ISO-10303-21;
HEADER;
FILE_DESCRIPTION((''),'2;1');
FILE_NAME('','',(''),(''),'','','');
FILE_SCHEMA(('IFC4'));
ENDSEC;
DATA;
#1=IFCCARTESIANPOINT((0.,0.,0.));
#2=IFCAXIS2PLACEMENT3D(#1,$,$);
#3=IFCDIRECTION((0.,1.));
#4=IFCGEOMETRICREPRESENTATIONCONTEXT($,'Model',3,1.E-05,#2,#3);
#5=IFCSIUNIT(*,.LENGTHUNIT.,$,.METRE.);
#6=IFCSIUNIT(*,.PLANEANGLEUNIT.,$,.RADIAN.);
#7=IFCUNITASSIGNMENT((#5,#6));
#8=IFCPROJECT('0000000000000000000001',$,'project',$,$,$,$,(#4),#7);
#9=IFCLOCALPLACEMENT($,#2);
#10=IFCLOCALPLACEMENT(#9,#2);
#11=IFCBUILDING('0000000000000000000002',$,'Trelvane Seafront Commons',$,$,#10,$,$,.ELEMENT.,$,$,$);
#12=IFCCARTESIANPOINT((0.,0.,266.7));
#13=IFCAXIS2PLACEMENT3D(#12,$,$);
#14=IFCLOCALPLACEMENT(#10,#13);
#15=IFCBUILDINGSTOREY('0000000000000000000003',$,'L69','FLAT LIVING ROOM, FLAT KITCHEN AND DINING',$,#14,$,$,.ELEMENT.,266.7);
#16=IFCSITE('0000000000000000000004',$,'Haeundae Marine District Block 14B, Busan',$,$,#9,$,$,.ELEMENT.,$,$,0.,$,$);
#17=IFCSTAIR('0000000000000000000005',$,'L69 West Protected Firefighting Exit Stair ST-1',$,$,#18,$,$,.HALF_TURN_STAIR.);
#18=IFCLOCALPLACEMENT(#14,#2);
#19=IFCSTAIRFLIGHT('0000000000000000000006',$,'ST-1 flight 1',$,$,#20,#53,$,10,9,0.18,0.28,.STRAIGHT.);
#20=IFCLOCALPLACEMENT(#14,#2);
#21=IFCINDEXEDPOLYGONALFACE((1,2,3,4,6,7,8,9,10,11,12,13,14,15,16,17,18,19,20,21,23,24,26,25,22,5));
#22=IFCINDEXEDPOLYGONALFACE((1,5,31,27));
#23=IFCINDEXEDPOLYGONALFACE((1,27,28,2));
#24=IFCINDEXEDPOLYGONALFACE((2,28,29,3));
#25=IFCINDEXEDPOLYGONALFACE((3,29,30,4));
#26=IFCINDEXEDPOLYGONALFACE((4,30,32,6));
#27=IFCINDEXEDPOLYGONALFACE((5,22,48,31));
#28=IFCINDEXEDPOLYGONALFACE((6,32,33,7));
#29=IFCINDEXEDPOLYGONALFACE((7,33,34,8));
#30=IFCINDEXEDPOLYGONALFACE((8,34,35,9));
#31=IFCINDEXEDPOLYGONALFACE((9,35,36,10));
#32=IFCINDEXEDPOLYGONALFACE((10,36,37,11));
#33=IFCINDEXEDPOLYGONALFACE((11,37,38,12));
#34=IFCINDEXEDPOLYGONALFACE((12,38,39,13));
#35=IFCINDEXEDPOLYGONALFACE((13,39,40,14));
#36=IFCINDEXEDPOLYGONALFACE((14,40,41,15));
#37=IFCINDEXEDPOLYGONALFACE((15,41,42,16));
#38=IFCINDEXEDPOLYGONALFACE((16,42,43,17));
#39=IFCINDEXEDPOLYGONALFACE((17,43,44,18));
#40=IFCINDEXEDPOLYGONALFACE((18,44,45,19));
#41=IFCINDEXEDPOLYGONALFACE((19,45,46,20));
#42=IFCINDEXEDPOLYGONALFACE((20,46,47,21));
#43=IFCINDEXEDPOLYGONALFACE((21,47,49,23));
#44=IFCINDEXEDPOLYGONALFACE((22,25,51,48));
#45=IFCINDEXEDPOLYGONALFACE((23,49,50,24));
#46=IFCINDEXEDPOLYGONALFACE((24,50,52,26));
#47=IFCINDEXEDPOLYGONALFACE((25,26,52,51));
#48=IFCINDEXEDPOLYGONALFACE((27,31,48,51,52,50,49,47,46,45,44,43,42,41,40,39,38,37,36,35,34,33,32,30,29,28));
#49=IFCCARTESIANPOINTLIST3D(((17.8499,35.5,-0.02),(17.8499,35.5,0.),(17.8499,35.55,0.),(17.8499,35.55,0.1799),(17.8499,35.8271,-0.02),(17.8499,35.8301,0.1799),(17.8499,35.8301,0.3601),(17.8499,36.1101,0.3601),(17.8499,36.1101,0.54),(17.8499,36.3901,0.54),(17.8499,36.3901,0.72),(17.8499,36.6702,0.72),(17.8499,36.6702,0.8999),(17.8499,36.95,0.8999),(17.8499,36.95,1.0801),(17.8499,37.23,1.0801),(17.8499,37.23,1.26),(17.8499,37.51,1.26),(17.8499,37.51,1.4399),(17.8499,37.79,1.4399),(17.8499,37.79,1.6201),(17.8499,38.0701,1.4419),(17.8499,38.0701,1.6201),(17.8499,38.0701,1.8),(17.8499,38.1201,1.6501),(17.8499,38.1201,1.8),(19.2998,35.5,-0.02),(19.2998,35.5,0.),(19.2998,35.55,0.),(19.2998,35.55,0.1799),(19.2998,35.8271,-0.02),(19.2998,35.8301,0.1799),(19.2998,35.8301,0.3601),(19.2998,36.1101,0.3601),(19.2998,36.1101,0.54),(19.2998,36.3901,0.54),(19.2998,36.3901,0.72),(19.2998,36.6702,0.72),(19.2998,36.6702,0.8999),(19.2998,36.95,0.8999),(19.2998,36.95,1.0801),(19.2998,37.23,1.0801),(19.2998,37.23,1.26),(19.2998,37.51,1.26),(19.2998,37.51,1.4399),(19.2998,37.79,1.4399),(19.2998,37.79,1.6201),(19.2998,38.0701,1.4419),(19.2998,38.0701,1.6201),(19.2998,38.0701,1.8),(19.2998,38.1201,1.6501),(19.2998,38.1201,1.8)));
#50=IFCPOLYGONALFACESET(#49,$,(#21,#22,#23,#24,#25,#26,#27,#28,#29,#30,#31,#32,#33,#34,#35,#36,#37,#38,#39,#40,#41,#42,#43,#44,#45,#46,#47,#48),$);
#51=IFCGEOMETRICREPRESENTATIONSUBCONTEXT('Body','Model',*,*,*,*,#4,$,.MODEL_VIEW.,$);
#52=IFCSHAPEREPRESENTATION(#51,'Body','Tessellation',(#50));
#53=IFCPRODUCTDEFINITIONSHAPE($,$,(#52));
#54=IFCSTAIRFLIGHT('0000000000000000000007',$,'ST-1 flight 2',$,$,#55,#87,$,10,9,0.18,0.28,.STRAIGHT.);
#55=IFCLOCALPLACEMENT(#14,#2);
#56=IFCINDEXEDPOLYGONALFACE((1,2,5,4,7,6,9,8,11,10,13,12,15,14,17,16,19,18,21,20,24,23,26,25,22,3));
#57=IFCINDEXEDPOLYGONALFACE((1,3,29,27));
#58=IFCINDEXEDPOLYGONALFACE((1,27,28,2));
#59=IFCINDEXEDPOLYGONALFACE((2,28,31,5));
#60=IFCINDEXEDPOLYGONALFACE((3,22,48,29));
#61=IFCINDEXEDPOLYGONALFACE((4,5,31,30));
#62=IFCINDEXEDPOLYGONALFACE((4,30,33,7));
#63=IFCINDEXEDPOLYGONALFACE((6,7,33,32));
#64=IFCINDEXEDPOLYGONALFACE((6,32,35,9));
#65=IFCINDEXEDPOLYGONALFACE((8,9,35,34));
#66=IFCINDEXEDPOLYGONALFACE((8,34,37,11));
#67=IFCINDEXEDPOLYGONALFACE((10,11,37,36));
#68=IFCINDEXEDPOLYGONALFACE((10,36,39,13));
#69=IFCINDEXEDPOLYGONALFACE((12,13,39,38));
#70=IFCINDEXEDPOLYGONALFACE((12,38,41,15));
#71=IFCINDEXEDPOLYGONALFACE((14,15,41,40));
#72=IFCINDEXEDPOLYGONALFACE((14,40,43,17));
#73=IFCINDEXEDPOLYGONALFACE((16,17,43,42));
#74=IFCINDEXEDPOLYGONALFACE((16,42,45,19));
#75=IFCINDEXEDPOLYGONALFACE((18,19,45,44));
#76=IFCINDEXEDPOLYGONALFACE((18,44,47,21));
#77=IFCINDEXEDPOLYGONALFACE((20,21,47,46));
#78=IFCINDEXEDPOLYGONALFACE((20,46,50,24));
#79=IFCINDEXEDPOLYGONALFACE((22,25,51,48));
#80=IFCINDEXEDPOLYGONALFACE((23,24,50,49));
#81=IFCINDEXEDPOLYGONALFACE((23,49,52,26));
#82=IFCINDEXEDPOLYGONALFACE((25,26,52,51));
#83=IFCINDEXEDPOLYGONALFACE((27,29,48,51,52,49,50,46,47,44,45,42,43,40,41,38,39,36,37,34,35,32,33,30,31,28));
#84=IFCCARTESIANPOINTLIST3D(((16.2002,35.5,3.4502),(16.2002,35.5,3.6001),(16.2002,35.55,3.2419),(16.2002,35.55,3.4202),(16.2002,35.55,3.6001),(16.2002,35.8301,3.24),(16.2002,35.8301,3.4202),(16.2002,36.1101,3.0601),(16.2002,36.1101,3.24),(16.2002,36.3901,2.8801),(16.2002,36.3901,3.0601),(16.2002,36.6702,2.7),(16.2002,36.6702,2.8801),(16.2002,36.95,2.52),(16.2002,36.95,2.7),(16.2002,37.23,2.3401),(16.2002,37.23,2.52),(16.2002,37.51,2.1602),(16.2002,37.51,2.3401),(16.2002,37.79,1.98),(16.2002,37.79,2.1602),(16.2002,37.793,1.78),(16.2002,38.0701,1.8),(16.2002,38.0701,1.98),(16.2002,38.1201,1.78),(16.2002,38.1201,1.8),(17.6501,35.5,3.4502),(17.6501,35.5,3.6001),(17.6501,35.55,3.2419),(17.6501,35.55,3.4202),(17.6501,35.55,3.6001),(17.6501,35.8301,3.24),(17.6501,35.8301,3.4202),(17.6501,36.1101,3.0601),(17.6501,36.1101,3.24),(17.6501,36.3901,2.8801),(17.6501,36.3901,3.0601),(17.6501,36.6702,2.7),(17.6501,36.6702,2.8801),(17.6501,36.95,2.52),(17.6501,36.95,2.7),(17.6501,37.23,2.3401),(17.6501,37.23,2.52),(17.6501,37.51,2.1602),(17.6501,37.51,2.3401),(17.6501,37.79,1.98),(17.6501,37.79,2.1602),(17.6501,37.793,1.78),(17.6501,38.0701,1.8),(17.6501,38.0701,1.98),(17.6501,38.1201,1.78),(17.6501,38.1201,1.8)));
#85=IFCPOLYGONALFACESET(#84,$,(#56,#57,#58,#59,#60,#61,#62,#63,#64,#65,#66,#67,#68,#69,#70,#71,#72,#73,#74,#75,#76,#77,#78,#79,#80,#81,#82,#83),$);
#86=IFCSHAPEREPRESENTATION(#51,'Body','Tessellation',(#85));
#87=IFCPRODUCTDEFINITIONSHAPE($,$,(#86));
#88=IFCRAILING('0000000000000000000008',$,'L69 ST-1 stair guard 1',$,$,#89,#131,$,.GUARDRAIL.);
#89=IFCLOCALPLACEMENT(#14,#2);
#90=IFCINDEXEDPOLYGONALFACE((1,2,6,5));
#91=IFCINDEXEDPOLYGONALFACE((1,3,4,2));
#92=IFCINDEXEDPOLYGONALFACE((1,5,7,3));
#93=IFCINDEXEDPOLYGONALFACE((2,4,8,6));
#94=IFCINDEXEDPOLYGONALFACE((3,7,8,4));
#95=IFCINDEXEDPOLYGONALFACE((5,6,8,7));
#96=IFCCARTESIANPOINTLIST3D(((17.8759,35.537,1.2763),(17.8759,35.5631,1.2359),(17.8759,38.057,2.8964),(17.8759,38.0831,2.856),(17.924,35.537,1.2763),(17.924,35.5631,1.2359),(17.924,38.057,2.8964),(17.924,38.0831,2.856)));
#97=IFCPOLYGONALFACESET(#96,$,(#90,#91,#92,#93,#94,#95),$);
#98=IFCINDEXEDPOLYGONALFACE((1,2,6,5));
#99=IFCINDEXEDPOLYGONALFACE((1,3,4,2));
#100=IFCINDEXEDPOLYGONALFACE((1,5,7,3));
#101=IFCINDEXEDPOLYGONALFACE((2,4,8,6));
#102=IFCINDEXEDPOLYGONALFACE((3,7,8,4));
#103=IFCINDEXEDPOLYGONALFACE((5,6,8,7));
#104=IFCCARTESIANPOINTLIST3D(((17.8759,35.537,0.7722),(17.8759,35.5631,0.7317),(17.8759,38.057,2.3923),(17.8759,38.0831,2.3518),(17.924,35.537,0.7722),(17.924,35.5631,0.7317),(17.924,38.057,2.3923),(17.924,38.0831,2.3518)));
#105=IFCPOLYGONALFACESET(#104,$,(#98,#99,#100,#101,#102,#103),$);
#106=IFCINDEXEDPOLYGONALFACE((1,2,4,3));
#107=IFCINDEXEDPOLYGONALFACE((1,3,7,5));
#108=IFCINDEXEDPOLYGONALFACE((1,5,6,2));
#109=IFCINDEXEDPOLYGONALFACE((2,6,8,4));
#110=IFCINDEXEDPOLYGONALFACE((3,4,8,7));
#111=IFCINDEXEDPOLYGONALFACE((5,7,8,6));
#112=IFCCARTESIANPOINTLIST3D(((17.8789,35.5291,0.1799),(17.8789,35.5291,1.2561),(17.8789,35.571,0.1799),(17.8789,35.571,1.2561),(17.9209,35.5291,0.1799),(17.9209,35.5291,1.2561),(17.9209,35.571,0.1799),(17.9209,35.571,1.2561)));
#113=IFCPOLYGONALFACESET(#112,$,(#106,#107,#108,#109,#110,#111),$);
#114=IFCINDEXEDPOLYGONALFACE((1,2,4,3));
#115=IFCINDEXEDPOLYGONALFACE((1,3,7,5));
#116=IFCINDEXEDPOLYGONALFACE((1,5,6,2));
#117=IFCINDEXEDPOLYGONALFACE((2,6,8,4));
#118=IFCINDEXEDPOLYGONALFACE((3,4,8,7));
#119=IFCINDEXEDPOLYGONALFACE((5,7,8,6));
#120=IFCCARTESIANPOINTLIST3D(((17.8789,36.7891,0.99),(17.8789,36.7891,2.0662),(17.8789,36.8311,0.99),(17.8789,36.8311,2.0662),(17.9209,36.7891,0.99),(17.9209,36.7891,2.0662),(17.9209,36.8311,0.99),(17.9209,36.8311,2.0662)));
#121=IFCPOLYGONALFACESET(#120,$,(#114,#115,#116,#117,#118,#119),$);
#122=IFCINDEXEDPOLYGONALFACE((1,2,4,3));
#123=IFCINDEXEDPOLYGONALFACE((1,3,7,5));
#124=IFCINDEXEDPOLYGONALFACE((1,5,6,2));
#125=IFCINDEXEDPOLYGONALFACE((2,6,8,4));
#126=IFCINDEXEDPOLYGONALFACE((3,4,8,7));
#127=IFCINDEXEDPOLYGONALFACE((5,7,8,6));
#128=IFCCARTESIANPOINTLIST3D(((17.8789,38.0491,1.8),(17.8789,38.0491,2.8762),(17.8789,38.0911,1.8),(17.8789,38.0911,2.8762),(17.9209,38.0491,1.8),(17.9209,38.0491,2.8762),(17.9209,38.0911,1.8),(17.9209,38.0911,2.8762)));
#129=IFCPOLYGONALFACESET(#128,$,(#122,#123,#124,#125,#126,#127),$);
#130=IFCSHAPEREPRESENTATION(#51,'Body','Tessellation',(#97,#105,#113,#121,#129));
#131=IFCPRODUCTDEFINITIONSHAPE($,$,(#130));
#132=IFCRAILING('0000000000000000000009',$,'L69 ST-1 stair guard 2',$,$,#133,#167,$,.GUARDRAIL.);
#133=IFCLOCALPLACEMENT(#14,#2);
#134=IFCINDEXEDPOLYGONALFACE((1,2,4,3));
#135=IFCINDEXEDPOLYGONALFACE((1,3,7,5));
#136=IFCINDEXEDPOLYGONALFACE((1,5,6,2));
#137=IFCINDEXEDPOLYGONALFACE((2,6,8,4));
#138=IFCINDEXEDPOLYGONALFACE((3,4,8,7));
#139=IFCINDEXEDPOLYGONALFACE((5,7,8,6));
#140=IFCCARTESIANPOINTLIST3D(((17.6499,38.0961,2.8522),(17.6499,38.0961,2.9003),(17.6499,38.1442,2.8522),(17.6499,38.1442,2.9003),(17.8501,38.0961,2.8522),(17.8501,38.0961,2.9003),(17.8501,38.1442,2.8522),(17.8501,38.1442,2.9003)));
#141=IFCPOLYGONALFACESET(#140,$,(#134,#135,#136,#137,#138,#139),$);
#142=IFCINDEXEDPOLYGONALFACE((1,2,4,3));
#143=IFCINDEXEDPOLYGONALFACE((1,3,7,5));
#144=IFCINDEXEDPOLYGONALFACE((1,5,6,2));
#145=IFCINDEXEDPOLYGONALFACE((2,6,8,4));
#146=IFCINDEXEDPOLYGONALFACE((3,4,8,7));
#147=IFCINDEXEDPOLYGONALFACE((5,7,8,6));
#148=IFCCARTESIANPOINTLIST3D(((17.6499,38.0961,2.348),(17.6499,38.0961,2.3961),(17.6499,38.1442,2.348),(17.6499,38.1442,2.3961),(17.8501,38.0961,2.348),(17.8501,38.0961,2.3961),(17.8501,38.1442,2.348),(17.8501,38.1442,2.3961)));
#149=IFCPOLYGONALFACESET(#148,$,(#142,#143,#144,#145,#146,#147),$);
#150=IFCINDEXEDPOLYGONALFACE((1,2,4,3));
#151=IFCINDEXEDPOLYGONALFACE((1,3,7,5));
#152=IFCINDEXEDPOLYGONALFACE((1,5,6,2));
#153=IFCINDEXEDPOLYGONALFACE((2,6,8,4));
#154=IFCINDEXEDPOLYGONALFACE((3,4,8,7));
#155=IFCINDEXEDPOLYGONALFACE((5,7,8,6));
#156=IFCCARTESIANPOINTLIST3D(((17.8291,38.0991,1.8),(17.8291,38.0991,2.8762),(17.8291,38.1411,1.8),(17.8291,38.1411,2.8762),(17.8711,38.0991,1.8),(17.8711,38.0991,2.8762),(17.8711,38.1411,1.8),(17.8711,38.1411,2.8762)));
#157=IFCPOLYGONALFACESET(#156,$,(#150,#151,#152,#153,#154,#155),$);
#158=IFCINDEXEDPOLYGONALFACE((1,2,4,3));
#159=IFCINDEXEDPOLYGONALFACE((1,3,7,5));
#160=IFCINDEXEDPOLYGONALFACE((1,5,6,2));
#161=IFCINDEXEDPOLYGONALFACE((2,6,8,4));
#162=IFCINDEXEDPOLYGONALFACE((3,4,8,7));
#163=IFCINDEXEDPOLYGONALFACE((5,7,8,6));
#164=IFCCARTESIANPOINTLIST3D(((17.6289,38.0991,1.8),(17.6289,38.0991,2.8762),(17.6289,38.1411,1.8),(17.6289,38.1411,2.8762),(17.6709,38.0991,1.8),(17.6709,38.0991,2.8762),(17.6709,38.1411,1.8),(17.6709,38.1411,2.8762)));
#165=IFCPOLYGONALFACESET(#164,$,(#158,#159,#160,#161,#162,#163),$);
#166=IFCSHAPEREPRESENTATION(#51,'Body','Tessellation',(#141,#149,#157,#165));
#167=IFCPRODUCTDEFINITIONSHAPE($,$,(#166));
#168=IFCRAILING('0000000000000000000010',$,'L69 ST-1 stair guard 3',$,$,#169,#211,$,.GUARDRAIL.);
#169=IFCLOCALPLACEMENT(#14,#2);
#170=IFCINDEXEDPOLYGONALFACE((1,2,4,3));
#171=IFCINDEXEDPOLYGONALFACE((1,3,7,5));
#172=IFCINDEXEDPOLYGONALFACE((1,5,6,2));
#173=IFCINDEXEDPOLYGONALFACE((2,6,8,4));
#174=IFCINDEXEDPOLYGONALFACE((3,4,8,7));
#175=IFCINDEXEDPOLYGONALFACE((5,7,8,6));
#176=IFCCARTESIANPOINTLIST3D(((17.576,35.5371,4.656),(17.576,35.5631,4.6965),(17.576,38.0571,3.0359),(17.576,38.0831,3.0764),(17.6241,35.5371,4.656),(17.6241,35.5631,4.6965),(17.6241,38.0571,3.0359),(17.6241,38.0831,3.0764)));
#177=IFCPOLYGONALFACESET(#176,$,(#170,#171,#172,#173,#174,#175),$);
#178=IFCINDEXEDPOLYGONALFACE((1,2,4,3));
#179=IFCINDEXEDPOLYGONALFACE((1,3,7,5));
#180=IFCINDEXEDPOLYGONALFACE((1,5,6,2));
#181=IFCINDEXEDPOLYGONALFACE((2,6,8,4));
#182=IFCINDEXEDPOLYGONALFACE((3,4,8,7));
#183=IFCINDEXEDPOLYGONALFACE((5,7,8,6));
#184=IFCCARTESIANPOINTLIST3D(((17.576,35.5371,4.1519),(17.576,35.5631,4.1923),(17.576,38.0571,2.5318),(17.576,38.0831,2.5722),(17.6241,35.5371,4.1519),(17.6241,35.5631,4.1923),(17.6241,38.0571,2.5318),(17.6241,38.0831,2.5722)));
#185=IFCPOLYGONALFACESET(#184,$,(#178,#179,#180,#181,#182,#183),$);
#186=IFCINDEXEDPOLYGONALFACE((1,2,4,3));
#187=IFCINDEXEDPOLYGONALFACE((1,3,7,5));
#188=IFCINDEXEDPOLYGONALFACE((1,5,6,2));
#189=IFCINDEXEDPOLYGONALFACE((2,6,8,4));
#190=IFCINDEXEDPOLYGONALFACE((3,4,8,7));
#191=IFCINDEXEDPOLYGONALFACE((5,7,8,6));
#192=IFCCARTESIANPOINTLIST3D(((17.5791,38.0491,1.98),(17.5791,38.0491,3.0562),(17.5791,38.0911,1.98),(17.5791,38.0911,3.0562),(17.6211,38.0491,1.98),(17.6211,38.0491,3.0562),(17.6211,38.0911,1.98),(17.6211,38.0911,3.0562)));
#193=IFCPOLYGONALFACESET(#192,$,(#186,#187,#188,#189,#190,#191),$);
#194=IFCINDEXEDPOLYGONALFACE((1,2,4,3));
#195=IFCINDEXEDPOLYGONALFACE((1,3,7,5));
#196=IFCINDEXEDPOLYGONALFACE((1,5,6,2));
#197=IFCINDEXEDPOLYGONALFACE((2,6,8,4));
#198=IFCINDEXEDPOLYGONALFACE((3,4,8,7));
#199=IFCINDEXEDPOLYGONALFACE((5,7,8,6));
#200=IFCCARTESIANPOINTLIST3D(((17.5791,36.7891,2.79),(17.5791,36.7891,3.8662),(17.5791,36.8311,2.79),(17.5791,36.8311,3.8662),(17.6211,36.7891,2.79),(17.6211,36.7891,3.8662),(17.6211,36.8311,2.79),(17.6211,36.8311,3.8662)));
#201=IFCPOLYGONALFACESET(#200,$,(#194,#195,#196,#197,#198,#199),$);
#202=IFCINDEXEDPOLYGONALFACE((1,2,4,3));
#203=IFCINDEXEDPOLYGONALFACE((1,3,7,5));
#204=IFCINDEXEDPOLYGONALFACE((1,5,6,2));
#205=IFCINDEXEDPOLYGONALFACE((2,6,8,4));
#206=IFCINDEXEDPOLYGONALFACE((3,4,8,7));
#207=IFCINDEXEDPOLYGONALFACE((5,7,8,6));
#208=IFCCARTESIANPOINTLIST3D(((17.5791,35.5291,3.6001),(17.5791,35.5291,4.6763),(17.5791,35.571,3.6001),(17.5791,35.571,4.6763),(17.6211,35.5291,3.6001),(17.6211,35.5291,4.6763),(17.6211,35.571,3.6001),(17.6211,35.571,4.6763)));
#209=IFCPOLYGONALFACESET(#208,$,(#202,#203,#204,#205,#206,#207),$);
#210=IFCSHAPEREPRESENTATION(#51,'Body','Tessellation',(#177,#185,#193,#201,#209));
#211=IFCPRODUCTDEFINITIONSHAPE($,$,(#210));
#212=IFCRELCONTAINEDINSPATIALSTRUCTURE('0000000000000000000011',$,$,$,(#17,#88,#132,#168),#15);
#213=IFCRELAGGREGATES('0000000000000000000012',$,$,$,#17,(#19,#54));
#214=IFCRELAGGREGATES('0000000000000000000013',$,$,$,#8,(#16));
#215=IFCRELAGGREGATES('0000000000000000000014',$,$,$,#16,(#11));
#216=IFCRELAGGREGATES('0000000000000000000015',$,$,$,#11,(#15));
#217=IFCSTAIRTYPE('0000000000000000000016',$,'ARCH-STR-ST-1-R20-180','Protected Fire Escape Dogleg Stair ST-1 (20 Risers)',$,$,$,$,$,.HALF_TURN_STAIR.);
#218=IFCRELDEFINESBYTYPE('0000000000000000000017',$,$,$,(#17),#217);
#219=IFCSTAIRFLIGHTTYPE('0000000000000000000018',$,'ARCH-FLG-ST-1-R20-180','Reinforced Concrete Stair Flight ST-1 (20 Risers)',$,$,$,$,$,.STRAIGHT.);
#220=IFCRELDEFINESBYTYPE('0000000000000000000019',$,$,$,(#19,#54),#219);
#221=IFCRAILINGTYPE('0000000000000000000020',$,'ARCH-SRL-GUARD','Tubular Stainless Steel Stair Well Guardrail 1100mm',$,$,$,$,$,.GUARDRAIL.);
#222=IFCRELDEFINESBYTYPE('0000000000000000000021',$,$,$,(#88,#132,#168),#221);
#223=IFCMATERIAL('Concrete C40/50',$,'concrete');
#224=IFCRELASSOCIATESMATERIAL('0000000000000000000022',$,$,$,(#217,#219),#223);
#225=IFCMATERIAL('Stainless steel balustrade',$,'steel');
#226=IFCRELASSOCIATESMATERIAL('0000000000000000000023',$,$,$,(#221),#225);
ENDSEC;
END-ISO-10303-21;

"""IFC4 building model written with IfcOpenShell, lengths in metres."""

from ifc_helpers import new_model, si_unit, direction, frame, origin, origin_2d, place, context, subcontext, project, spatial, polyline, rectangle, outline, extrude, source, transform, mapped, material, type_object, element, aggregate, save


model = new_model("IFC4")

# Units and contexts
model_context = context("Model", 3, precision=1e-05, world=origin(), true_north=direction((0.0, 1.0)))
body_context = subcontext(model_context, "Body", "Model", "MODEL_VIEW")
ifc_project = project(units=[si_unit("LENGTHUNIT", "METRE"), si_unit("PLANEANGLEUNIT", "RADIAN")], contexts=[model_context])

# Site, building, storey
site_placement = place(None, origin())
site = spatial("IfcSite", under=ifc_project, at=site_placement, Name="Haeundae Marine District Block 14B, Busan", CompositionType="ELEMENT", RefElevation=0.0)
building_placement = place(site_placement, origin())
building = spatial("IfcBuilding", under=site, at=building_placement, Name="Trelvane Seafront Commons", CompositionType="ELEMENT")
storey_placement = place(building_placement, frame((0.0, 0.0, 266.7)))
storey = spatial("IfcBuildingStorey", under=building, at=storey_placement, Name="L69", Description="FLAT LIVING ROOM, FLAT KITCHEN AND DINING", CompositionType="ELEMENT", Elevation=266.7)

# Shared definitions
ifc_material_1 = material(Name="Concrete C40/50", Category="concrete")
ifc_material_2 = material(Name="Stainless steel balustrade", Category="steel")

# Stair, stair flights
stair_type = type_object("IfcStairType", Name="ARCH-STR-ST-1-R20-180", Description="Protected Fire Escape Dogleg Stair ST-1 (20 Risers)", PredefinedType="HALF_TURN_STAIR", material=ifc_material_1)
stair_placement = place(storey_placement, origin())
stair = element("IfcStair", 1, at=stair_placement, inside=storey, type_object=stair_type, Name="L69 West Protected Firefighting Exit Stair ST-1", PredefinedType="HALF_TURN_STAIR")
stair_flight_type = type_object("IfcStairFlightType", Name="ARCH-FLG-ST-1-R20-180", Description="Reinforced Concrete Stair Flight ST-1 (20 Risers)", PredefinedType="STRAIGHT", material=ifc_material_1)
shared_shape_1 = source(origin(), body_context, "Body", "SweptSolid", [
    extrude(outline(polyline([(-0.05, -0.02), (-0.05, 0.0), (0.0, 0.0), (0.0, 0.1799), (0.28, 0.1799), (0.28, 0.3601), (0.5601, 0.3601), (0.5601, 0.54), (0.8401, 0.54), (0.8401, 0.72), (1.1201, 0.72), (1.1201, 0.8999), (1.3999, 0.8999), (1.3999, 1.0801), (1.6799, 1.0801), (1.6799, 1.26), (1.96, 1.26), (1.96, 1.4399), (2.24, 1.4399), (2.24, 1.6201), (2.52, 1.6201), (2.52, 1.8), (2.5701, 1.8), (2.5701, 1.6501), (2.52, 1.4419), (0.2771, -0.02), (-0.05, -0.02)])), frame((0.0, 0.7251, 0.0), z_axis=(0.0, -1.0, 0.0), x_axis=(1.0, 0.0, 0.0)), (0.0, 0.0, 1.0), 1.45),
])
stair_flight_1_placement = place(storey_placement, frame((18.575, 35.55, 0.0), z_axis=(0.0, 0.0, 1.0), x_axis=(0.0, 1.0, 0.0)))
stair_flight_1 = element("IfcStairFlight", 2, at=stair_flight_1_placement, type_object=stair_flight_type, Name="ST-1 flight 1", NumberOfRisers=10, NumberOfTreads=9, PredefinedType="STRAIGHT", RiserHeight=0.18, TreadLength=0.28, context=body_context, shape_type="MappedRepresentation", body=[
    mapped(shared_shape_1, transform((0.0, 0.0, 0.0), x_axis=(1.0, 0.0, 0.0), y_axis=(0.0, 1.0, 0.0), z_axis=(0.0, 0.0, 1.0), scale=1.0)),
])
stair_flight_2_placement = place(storey_placement, frame((16.925, 38.0701, 1.8), z_axis=(0.0, 0.0, 1.0), x_axis=(0.0, -1.0, 0.0)))
stair_flight_2 = element("IfcStairFlight", 3, at=stair_flight_2_placement, type_object=stair_flight_type, Name="ST-1 flight 2", NumberOfRisers=10, NumberOfTreads=9, PredefinedType="STRAIGHT", RiserHeight=0.18, TreadLength=0.28, context=body_context, shape_type="MappedRepresentation", body=[
    mapped(shared_shape_1, transform((0.0, 0.0, 0.0), x_axis=(1.0, 0.0, 0.0), y_axis=(0.0, 1.0, 0.0), z_axis=(0.0, 0.0, 1.0), scale=1.0)),
])
aggregate(stair, [stair_flight_1, stair_flight_2])

# Railings
railing_type_1 = type_object("IfcRailingType", Name="ARCH-SRL-GUARD", Description="Tubular Stainless Steel Stair Well Guardrail 1100mm", PredefinedType="GUARDRAIL", material=ifc_material_2)
railing_1_placement = place(storey_placement, frame((17.8999, 35.55, 0.1799)))
element("IfcRailing", 4, at=railing_1_placement, inside=storey, type_object=railing_type_1, Name="L69 ST-1 stair guard 1", PredefinedType="GUARDRAIL", context=body_context, shape_type="SweptSolid", body=[
    extrude(rectangle(XDim=0.0481, YDim=0.0481, at=origin_2d()), frame((0.0, 0.0, 1.0762), z_axis=(0.0, 0.841163, 0.540782), x_axis=(-1.0, 0.0, 0.0)), (0.0, 0.0, 1.0), 2.9958),
    extrude(rectangle(XDim=0.0481, YDim=0.0481, at=origin_2d()), frame((0.0, 0.0, 0.572), z_axis=(0.0, 0.841163, 0.540782), x_axis=(-1.0, 0.0, 0.0)), (0.0, 0.0, 1.0), 2.9958),
    extrude(rectangle(XDim=0.042, YDim=0.042, at=origin_2d()), origin(), (0.0, 0.0, 1.0), 1.0762),
    extrude(rectangle(XDim=0.042, YDim=0.042, at=origin_2d()), frame((0.0, 1.26, 0.8101)), (0.0, 0.0, 1.0), 1.0762),
    extrude(rectangle(XDim=0.042, YDim=0.042, at=origin_2d()), frame((0.0, 2.52, 1.6201)), (0.0, 0.0, 1.0), 1.0762),
])
railing_2_placement = place(storey_placement, frame((17.8501, 38.1201, 1.8)))
element("IfcRailing", 5, at=railing_2_placement, inside=storey, type_object=railing_type_1, Name="L69 ST-1 stair guard 2", PredefinedType="GUARDRAIL", context=body_context, shape_type="SweptSolid", body=[
    extrude(rectangle(XDim=0.0481, YDim=0.0481, at=origin_2d()), frame((0.0, 0.0, 1.0762), z_axis=(-1.0, 0.0, 0.0), x_axis=(0.0, -1.0, 0.0)), (0.0, 0.0, 1.0), 0.2002),
    extrude(rectangle(XDim=0.0481, YDim=0.0481, at=origin_2d()), frame((0.0, 0.0, 0.572), z_axis=(-1.0, 0.0, 0.0), x_axis=(0.0, -1.0, 0.0)), (0.0, 0.0, 1.0), 0.2002),
    extrude(rectangle(XDim=0.042, YDim=0.042, at=origin_2d()), origin(), (0.0, 0.0, 1.0), 1.0762),
    extrude(rectangle(XDim=0.042, YDim=0.042, at=origin_2d()), frame((-0.2002, 0.0, 0.0)), (0.0, 0.0, 1.0), 1.0762),
])
railing_3_placement = place(storey_placement, frame((17.6001, 38.0701, 1.98)))
element("IfcRailing", 6, at=railing_3_placement, inside=storey, type_object=railing_type_1, Name="L69 ST-1 stair guard 3", PredefinedType="GUARDRAIL", context=body_context, shape_type="SweptSolid", body=[
    extrude(rectangle(XDim=0.0481, YDim=0.0481, at=origin_2d()), frame((0.0, 0.0, 1.0762), z_axis=(0.0, -0.841163, 0.540782), x_axis=(1.0, 0.0, 0.0)), (0.0, 0.0, 1.0), 2.9958),
    extrude(rectangle(XDim=0.0481, YDim=0.0481, at=origin_2d()), frame((0.0, 0.0, 0.572), z_axis=(0.0, -0.841163, 0.540782), x_axis=(1.0, 0.0, 0.0)), (0.0, 0.0, 1.0), 2.9958),
    extrude(rectangle(XDim=0.042, YDim=0.042, at=origin_2d()), origin(), (0.0, 0.0, 1.0), 1.0762),
    extrude(rectangle(XDim=0.042, YDim=0.042, at=origin_2d()), frame((0.0, -1.26, 0.8101)), (0.0, 0.0, 1.0), 1.0762),
    extrude(rectangle(XDim=0.042, YDim=0.042, at=origin_2d()), frame((0.0, -2.52, 1.6201)), (0.0, 0.0, 1.0), 1.0762),
])

save(model, "model.ifc")
